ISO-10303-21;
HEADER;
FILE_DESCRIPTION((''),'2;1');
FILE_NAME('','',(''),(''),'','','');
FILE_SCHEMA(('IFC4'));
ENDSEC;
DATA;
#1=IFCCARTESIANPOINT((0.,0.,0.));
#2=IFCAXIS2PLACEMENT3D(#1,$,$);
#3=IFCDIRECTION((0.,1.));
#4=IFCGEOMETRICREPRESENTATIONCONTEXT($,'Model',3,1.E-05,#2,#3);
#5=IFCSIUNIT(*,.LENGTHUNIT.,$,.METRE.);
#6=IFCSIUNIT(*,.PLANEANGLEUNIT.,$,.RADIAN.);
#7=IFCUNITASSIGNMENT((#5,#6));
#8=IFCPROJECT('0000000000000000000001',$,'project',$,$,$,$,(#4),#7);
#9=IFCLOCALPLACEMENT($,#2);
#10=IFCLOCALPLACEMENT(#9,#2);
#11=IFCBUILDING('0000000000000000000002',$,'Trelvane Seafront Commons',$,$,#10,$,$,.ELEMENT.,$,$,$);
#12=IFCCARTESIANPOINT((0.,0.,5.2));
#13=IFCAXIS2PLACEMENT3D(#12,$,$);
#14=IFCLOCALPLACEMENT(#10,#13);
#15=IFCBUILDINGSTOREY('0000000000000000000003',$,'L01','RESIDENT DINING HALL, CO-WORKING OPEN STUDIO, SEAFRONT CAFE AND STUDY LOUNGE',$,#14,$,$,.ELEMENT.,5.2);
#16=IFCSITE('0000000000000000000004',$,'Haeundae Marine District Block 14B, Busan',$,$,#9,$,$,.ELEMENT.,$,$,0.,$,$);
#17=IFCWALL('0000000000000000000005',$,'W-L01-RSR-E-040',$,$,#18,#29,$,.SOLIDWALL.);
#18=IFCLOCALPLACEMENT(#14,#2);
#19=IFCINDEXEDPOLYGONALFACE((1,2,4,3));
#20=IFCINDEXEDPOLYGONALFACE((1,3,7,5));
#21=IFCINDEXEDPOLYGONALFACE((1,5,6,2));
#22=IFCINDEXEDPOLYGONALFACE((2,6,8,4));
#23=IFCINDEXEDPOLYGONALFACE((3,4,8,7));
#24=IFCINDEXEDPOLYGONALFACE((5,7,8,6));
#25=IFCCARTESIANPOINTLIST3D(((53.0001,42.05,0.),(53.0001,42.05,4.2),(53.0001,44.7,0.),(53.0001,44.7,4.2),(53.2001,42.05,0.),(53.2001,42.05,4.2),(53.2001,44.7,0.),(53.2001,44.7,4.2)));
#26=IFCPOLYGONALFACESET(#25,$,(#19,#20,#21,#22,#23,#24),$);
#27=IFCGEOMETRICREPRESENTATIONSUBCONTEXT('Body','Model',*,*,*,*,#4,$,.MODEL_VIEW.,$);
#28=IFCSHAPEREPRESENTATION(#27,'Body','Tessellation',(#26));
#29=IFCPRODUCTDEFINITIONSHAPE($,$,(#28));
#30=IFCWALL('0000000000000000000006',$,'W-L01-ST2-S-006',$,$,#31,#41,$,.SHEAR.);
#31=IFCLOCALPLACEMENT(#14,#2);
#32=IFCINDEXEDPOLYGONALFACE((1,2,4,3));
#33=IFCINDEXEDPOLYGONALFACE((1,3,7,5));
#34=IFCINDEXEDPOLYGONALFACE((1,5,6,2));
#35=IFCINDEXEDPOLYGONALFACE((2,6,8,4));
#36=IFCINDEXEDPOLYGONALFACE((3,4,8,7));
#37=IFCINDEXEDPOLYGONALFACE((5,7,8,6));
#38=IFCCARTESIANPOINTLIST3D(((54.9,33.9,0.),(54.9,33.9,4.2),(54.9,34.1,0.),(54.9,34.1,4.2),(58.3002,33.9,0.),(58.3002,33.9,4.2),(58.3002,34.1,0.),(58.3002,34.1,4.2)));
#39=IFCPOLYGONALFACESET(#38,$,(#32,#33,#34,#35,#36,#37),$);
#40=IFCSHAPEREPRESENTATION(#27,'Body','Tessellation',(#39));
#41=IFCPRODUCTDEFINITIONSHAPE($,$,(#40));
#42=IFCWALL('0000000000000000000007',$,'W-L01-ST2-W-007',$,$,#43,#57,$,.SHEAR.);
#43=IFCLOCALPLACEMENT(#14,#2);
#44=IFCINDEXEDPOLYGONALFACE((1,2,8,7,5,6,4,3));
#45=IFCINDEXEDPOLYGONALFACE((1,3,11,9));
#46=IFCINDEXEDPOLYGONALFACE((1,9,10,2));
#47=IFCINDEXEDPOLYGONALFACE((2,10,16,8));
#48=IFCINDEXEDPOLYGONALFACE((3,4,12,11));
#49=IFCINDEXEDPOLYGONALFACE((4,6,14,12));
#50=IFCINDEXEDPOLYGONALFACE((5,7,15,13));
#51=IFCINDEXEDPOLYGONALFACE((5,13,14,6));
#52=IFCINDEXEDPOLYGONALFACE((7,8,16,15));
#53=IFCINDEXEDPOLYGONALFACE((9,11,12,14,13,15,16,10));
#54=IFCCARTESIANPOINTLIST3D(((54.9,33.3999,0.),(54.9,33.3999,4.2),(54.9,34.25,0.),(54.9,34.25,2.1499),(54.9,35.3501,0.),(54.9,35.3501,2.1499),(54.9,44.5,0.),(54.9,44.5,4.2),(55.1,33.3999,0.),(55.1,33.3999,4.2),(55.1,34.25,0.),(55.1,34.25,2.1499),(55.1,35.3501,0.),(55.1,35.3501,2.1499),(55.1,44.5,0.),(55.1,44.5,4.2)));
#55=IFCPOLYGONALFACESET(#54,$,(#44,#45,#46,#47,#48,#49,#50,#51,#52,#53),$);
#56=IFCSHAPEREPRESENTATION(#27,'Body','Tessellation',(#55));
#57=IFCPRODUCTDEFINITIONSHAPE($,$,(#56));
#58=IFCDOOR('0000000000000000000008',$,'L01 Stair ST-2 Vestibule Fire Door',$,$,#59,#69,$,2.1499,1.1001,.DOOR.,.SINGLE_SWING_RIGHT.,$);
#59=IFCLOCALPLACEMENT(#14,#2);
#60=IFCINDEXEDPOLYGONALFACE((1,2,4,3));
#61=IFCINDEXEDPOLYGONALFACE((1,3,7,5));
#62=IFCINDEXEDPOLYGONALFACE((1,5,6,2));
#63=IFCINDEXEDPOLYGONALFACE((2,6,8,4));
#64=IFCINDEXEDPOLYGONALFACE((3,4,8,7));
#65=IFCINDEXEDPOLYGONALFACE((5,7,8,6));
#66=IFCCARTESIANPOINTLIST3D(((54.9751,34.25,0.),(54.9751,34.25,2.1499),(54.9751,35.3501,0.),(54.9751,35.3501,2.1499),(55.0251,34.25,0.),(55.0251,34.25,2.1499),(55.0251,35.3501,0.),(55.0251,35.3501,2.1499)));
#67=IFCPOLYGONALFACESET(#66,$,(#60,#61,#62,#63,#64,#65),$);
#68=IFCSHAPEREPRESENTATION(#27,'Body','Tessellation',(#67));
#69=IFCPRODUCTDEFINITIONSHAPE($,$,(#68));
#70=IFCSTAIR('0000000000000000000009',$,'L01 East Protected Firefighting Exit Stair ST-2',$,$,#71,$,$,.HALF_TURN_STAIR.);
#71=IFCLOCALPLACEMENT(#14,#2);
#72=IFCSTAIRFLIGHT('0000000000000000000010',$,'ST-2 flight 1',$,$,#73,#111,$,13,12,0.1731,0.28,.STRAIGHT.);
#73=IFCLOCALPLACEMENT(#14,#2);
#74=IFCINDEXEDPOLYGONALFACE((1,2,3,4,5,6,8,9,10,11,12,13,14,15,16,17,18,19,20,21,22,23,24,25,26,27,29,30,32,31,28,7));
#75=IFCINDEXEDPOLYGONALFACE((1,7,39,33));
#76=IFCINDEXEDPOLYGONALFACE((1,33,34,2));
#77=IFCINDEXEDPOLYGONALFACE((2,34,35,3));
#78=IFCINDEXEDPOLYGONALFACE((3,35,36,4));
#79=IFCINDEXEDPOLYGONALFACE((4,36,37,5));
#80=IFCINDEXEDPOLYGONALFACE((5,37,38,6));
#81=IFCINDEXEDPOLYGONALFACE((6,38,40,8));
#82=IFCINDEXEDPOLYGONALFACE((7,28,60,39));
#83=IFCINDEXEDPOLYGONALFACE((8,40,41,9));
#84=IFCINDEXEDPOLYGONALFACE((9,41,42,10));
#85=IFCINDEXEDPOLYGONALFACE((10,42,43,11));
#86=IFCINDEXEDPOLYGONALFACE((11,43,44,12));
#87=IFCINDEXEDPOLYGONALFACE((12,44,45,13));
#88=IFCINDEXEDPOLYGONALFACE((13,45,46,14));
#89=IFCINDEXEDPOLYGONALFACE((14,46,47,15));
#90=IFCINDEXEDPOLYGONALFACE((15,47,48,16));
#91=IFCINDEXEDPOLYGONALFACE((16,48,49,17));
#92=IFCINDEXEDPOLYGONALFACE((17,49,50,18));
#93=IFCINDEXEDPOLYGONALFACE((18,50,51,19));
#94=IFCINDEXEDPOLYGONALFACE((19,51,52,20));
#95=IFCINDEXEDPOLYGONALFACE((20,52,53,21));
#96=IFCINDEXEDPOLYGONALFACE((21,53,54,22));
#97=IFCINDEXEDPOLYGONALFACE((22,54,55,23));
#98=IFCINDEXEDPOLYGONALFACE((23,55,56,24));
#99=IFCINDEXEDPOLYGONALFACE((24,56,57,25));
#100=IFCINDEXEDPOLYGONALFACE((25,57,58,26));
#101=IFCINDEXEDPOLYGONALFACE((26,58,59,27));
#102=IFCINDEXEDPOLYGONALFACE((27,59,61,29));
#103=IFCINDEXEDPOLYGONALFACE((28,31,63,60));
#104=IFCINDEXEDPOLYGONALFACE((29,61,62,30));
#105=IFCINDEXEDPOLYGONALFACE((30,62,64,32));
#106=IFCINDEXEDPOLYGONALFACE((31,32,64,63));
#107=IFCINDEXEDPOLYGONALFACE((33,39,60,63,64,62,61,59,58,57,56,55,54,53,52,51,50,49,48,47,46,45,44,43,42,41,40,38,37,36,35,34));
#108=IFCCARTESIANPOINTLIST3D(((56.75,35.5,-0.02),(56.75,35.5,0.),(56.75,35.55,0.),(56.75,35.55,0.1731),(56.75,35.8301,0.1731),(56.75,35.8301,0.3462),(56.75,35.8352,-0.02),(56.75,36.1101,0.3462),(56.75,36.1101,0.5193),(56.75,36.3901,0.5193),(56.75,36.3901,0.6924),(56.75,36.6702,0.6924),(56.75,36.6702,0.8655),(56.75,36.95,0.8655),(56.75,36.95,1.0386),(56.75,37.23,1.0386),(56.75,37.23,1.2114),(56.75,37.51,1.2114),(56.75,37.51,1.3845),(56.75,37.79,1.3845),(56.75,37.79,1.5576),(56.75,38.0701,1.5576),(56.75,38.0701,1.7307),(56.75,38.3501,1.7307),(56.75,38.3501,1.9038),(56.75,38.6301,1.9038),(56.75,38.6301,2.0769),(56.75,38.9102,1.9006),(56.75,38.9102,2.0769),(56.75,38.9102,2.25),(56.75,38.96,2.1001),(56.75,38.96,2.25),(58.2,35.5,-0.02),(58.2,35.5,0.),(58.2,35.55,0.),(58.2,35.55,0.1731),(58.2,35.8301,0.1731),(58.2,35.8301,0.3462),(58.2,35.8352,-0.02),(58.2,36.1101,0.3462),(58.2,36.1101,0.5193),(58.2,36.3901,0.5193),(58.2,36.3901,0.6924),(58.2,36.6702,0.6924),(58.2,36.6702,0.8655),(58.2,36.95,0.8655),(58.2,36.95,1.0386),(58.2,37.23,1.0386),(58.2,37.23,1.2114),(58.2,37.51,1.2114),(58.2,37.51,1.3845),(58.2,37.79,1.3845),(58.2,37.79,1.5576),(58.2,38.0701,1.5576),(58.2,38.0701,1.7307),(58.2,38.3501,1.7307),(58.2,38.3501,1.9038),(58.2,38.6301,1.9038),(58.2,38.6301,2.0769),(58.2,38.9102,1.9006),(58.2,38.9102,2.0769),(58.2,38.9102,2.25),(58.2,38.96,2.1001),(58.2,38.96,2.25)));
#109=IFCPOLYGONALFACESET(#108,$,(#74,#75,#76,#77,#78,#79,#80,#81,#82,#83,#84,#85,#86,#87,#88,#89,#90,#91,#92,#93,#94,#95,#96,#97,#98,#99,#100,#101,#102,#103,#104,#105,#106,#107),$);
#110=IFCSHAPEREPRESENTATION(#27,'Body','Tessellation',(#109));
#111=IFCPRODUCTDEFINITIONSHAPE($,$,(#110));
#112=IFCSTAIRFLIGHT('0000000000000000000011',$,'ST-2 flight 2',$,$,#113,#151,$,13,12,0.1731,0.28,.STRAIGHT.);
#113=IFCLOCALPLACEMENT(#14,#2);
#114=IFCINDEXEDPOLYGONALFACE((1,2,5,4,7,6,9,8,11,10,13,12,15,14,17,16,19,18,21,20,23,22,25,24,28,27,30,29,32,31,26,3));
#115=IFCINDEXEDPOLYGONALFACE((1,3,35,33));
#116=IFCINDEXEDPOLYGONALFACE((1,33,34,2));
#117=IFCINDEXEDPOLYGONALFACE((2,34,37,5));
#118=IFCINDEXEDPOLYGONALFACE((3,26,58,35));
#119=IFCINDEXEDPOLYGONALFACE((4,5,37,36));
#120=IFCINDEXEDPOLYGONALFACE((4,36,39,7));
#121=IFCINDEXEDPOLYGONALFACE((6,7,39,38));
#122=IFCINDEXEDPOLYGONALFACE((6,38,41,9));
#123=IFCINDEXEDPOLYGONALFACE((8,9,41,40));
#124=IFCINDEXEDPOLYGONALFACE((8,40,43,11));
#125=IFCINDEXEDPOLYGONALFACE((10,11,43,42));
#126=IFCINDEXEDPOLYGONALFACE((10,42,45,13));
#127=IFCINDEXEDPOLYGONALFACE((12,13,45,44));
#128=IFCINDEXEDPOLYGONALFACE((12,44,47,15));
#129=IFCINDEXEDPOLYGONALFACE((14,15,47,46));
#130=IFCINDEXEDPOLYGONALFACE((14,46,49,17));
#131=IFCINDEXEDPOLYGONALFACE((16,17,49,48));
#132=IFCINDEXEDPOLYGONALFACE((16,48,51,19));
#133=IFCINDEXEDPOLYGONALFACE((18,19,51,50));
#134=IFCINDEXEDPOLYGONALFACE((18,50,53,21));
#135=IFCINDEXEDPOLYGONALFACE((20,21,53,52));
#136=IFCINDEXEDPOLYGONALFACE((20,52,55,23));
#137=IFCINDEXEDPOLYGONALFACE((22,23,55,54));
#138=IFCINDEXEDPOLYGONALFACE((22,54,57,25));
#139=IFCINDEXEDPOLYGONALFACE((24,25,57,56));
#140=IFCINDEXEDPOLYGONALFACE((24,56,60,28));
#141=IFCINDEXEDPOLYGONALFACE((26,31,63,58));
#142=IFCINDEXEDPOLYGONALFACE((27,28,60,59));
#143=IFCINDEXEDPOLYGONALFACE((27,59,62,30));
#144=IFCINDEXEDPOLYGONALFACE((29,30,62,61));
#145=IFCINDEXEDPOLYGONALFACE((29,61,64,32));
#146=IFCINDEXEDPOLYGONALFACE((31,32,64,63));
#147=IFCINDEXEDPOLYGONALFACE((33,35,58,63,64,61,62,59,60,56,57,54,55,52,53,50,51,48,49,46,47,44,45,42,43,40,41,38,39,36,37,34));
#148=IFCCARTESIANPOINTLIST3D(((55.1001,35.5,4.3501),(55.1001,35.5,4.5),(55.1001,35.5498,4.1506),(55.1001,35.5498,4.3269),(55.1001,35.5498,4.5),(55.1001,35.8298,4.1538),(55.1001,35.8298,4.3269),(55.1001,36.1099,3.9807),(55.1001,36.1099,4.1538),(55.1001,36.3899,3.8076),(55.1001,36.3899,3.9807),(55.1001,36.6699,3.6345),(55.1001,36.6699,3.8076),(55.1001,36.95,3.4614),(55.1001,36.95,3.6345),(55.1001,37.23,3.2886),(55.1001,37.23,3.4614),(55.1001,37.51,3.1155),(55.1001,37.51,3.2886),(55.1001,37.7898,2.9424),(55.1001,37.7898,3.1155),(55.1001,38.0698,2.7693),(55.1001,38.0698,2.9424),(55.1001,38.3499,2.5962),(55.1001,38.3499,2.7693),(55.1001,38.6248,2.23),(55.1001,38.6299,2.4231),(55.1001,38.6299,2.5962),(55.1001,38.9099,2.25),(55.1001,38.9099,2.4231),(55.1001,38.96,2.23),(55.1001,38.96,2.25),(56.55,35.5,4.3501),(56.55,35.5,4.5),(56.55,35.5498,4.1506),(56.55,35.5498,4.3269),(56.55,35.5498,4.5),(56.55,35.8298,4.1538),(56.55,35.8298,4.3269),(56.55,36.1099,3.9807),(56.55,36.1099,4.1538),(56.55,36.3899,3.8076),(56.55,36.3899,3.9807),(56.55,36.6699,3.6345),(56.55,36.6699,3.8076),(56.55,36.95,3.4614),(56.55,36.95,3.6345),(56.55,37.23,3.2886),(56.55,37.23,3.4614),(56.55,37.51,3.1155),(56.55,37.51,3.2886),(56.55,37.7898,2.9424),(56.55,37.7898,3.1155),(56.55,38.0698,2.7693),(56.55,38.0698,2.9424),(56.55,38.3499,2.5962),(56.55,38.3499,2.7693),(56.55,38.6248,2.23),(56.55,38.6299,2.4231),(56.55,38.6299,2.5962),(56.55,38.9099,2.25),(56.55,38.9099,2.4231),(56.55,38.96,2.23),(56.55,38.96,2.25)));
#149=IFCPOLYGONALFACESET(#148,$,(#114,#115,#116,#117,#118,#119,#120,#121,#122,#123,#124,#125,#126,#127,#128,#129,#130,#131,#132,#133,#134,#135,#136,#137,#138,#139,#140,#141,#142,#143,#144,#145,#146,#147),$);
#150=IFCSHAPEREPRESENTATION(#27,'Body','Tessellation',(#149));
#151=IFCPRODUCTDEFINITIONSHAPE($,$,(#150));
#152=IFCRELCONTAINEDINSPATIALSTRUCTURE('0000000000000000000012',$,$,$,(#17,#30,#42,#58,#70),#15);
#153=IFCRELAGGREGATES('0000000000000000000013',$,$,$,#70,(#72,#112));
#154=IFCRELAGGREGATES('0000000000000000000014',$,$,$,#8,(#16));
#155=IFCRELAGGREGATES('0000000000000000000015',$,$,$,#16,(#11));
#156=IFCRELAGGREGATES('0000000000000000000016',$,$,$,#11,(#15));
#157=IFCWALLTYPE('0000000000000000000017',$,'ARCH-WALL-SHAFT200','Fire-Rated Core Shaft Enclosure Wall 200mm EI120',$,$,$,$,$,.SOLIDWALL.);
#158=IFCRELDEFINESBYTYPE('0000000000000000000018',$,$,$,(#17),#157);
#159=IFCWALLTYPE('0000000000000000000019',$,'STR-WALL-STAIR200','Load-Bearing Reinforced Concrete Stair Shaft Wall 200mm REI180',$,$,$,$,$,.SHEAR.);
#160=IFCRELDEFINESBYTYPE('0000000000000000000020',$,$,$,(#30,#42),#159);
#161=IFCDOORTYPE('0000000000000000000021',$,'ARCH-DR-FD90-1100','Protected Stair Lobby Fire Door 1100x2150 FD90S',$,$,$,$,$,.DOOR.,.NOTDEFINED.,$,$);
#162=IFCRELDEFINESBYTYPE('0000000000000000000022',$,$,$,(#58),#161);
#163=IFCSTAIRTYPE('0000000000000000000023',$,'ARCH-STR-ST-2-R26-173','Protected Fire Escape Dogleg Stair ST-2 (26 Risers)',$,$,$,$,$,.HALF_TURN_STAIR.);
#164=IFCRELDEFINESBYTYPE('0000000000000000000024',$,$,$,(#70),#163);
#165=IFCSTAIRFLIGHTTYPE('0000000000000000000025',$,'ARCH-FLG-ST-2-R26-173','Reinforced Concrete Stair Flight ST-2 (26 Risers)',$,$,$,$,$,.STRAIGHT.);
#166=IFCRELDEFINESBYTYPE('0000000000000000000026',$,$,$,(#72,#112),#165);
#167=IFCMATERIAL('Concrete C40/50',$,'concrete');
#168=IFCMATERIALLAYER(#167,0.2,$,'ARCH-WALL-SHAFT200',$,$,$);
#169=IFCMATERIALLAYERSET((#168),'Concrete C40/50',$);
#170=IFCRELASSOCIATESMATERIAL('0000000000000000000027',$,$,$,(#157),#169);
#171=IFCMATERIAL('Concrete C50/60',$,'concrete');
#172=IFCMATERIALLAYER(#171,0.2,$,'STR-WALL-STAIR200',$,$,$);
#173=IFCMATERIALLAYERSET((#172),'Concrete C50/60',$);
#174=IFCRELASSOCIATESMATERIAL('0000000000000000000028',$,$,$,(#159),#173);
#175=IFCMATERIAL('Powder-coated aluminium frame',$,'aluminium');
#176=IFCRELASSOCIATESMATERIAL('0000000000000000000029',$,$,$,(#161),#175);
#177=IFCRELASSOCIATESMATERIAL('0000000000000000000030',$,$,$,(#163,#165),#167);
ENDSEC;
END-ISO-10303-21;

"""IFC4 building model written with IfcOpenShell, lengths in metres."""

from ifc_helpers import new_model, si_unit, direction, frame, frame_2d, origin, place, context, subcontext, project, spatial, polyline, rectangle, outline, extrude, source, transform, mapped, material, layer, layer_set, type_object, element, fill, aggregate, save


model = new_model("IFC4")

# Units and contexts
model_context = context("Model", 3, precision=1e-05, world=origin(), true_north=direction((0.0, 1.0)))
body_context = subcontext(model_context, "Body", "Model", "MODEL_VIEW")
ifc_project = project(units=[si_unit("LENGTHUNIT", "METRE"), si_unit("PLANEANGLEUNIT", "RADIAN")], contexts=[model_context])

# Site, building, storey
site_placement = place(None, origin())
site = spatial("IfcSite", under=ifc_project, at=site_placement, Name="Haeundae Marine District Block 14B, Busan", CompositionType="ELEMENT", RefElevation=0.0)
building_placement = place(site_placement, origin())
building = spatial("IfcBuilding", under=site, at=building_placement, Name="Trelvane Seafront Commons", CompositionType="ELEMENT")
storey_placement = place(building_placement, frame((0.0, 0.0, 5.2)))
storey = spatial("IfcBuildingStorey", under=building, at=storey_placement, Name="L01", Description="RESIDENT DINING HALL, CO-WORKING OPEN STUDIO, SEAFRONT CAFE AND STUDY LOUNGE", CompositionType="ELEMENT", Elevation=5.2)

# Walls
ifc_material_1 = material(Name="Concrete C40/50", Category="concrete")
ifc_layer_1 = layer(ifc_material_1, 0.2, Name="ARCH-WALL-SHAFT200")
ifc_layer_set_1 = layer_set([ifc_layer_1], Name="Concrete C40/50")
wall_type_1 = type_object("IfcWallType", Name="ARCH-WALL-SHAFT200", Description="Fire-Rated Core Shaft Enclosure Wall 200mm EI120", PredefinedType="SOLIDWALL", material=ifc_layer_set_1)
wall_1_placement = place(storey_placement, frame((53.1001, 42.05, 0.0), z_axis=(0.0, 0.0, 1.0), x_axis=(0.0, 1.0, 0.0)))
element("IfcWall", 1, at=wall_1_placement, inside=storey, type_object=wall_type_1, Name="W-L01-RSR-E-040", PredefinedType="SOLIDWALL", context=body_context, shape_type="SweptSolid", body=[
    extrude(rectangle(XDim=2.6499, YDim=0.2, at=frame_2d((1.325, 0.0))), origin(), (0.0, 0.0, 1.0), 4.2),
])
ifc_material_2 = material(Name="Concrete C50/60", Category="concrete")
ifc_layer_2 = layer(ifc_material_2, 0.2, Name="STR-WALL-STAIR200")
ifc_layer_set_2 = layer_set([ifc_layer_2], Name="Concrete C50/60")
wall_type_2 = type_object("IfcWallType", Name="STR-WALL-STAIR200", Description="Load-Bearing Reinforced Concrete Stair Shaft Wall 200mm REI180", PredefinedType="SHEAR", material=ifc_layer_set_2)
wall_2_placement = place(storey_placement, frame((54.8999, 34.0, 0.0), z_axis=(0.0, 0.0, 1.0), x_axis=(1.0, 0.0, 0.0)))
element("IfcWall", 2, at=wall_2_placement, inside=storey, type_object=wall_type_2, Name="W-L01-ST2-S-006", PredefinedType="SHEAR", context=body_context, shape_type="SweptSolid", body=[
    extrude(rectangle(XDim=3.4001, YDim=0.2, at=frame_2d((1.7002, 0.0))), origin(), (0.0, 0.0, 1.0), 4.2),
])

# Wall, opening, door
wall_3_placement = place(storey_placement, frame((55.0, 33.3999, 0.0), z_axis=(0.0, 0.0, 1.0), x_axis=(0.0, 1.0, 0.0)))
wall_3 = element("IfcWall", 3, at=wall_3_placement, inside=storey, type_object=wall_type_2, Name="W-L01-ST2-W-007", PredefinedType="SHEAR", context=body_context, shape_type="SweptSolid", body=[
    extrude(rectangle(XDim=11.1001, YDim=0.2, at=frame_2d((5.55, 0.0))), origin(), (0.0, 0.0, 1.0), 4.2),
])
opening_placement = place(wall_3_placement, frame((0.8501, 0.0, 0.0)))
opening = element("IfcOpeningElement", 4, at=opening_placement, cuts=wall_3, PredefinedType="OPENING", context=body_context, shape_type="SweptSolid", body=[
    extrude(rectangle(XDim=1.1001, YDim=2.1499, at=frame_2d((0.55, 1.075))), frame((0.0, 0.1099, 0.0), z_axis=(0.0, -1.0, 0.0), x_axis=(1.0, 0.0, 0.0)), (0.0, 0.0, 1.0), 0.22),
])
ifc_material_3 = material(Name="Powder-coated aluminium frame", Category="aluminium")
door_type = type_object("IfcDoorType", Name="ARCH-DR-FD90-1100", Description="Protected Stair Lobby Fire Door 1100x2150 FD90S", OperationType="NOTDEFINED", PredefinedType="DOOR", material=ifc_material_3)
shared_shape_1 = source(origin(), body_context, "Body", "SweptSolid", [
    extrude(rectangle(XDim=1.1001, YDim=2.1499, at=frame_2d((0.55, 1.075))), frame((0.0, 0.0249, 0.0), z_axis=(0.0, -1.0, 0.0), x_axis=(1.0, 0.0, 0.0)), (0.0, 0.0, 1.0), 0.05),
])
door_placement = place(opening_placement, origin())
door = element("IfcDoor", 5, at=door_placement, inside=storey, type_object=door_type, Name="L01 Stair ST-2 Vestibule Fire Door", OperationType="SINGLE_SWING_RIGHT", OverallHeight=2.1499, OverallWidth=1.1001, PredefinedType="DOOR", context=body_context, shape_type="MappedRepresentation", body=[
    mapped(shared_shape_1, transform((0.0, 0.0, 0.0), x_axis=(1.0, 0.0, 0.0), y_axis=(0.0, 1.0, 0.0), z_axis=(0.0, 0.0, 1.0), scale=1.0)),
])
fill(opening, door)

# Stair, stair flights
stair_type = type_object("IfcStairType", Name="ARCH-STR-ST-2-R26-173", Description="Protected Fire Escape Dogleg Stair ST-2 (26 Risers)", PredefinedType="HALF_TURN_STAIR", material=ifc_material_1)
stair_placement = place(storey_placement, origin())
stair = element("IfcStair", 6, at=stair_placement, inside=storey, type_object=stair_type, Name="L01 East Protected Firefighting Exit Stair ST-2", PredefinedType="HALF_TURN_STAIR")
stair_flight_type = type_object("IfcStairFlightType", Name="ARCH-FLG-ST-2-R26-173", Description="Reinforced Concrete Stair Flight ST-2 (26 Risers)", PredefinedType="STRAIGHT", material=ifc_material_1)
shared_shape_2 = source(origin(), body_context, "Body", "SweptSolid", [
    extrude(outline(polyline([(-0.05, -0.02), (-0.05, 0.0), (0.0, 0.0), (0.0, 0.1731), (0.28, 0.1731), (0.28, 0.3462), (0.5601, 0.3462), (0.5601, 0.5193), (0.8401, 0.5193), (0.8401, 0.6924), (1.1201, 0.6924), (1.1201, 0.8655), (1.3999, 0.8655), (1.3999, 1.0386), (1.6799, 1.0386), (1.6799, 1.2114), (1.96, 1.2114), (1.96, 1.3845), (2.24, 1.3845), (2.24, 1.5576), (2.52, 1.5576), (2.52, 1.7307), (2.8, 1.7307), (2.8, 1.9038), (3.0801, 1.9038), (3.0801, 2.0769), (3.3601, 2.0769), (3.3601, 2.25), (3.4099, 2.25), (3.4099, 2.1001), (3.3601, 1.9006), (0.2852, -0.02), (-0.05, -0.02)])), frame((0.0, 0.7251, 0.0), z_axis=(0.0, -1.0, 0.0), x_axis=(1.0, 0.0, 0.0)), (0.0, 0.0, 1.0), 1.45),
])
stair_flight_1_placement = place(storey_placement, frame((57.4751, 35.55, 0.0), z_axis=(0.0, 0.0, 1.0), x_axis=(0.0, 1.0, 0.0)))
stair_flight_1 = element("IfcStairFlight", 7, at=stair_flight_1_placement, type_object=stair_flight_type, Name="ST-2 flight 1", NumberOfRisers=13, NumberOfTreads=12, PredefinedType="STRAIGHT", RiserHeight=0.1731, TreadLength=0.28, context=body_context, shape_type="MappedRepresentation", body=[
    mapped(shared_shape_2, transform((0.0, 0.0, 0.0), x_axis=(1.0, 0.0, 0.0), y_axis=(0.0, 1.0, 0.0), z_axis=(0.0, 0.0, 1.0), scale=1.0)),
])
stair_flight_2_placement = place(storey_placement, frame((55.825, 38.9099, 2.25), z_axis=(0.0, 0.0, 1.0), x_axis=(0.0, -1.0, 0.0)))
stair_flight_2 = element("IfcStairFlight", 8, at=stair_flight_2_placement, type_object=stair_flight_type, Name="ST-2 flight 2", NumberOfRisers=13, NumberOfTreads=12, PredefinedType="STRAIGHT", RiserHeight=0.1731, TreadLength=0.28, context=body_context, shape_type="MappedRepresentation", body=[
    mapped(shared_shape_2, transform((0.0, 0.0, 0.0), x_axis=(1.0, 0.0, 0.0), y_axis=(0.0, 1.0, 0.0), z_axis=(0.0, 0.0, 1.0), scale=1.0)),
])
aggregate(stair, [stair_flight_1, stair_flight_2])

save(model, "model.ifc")
